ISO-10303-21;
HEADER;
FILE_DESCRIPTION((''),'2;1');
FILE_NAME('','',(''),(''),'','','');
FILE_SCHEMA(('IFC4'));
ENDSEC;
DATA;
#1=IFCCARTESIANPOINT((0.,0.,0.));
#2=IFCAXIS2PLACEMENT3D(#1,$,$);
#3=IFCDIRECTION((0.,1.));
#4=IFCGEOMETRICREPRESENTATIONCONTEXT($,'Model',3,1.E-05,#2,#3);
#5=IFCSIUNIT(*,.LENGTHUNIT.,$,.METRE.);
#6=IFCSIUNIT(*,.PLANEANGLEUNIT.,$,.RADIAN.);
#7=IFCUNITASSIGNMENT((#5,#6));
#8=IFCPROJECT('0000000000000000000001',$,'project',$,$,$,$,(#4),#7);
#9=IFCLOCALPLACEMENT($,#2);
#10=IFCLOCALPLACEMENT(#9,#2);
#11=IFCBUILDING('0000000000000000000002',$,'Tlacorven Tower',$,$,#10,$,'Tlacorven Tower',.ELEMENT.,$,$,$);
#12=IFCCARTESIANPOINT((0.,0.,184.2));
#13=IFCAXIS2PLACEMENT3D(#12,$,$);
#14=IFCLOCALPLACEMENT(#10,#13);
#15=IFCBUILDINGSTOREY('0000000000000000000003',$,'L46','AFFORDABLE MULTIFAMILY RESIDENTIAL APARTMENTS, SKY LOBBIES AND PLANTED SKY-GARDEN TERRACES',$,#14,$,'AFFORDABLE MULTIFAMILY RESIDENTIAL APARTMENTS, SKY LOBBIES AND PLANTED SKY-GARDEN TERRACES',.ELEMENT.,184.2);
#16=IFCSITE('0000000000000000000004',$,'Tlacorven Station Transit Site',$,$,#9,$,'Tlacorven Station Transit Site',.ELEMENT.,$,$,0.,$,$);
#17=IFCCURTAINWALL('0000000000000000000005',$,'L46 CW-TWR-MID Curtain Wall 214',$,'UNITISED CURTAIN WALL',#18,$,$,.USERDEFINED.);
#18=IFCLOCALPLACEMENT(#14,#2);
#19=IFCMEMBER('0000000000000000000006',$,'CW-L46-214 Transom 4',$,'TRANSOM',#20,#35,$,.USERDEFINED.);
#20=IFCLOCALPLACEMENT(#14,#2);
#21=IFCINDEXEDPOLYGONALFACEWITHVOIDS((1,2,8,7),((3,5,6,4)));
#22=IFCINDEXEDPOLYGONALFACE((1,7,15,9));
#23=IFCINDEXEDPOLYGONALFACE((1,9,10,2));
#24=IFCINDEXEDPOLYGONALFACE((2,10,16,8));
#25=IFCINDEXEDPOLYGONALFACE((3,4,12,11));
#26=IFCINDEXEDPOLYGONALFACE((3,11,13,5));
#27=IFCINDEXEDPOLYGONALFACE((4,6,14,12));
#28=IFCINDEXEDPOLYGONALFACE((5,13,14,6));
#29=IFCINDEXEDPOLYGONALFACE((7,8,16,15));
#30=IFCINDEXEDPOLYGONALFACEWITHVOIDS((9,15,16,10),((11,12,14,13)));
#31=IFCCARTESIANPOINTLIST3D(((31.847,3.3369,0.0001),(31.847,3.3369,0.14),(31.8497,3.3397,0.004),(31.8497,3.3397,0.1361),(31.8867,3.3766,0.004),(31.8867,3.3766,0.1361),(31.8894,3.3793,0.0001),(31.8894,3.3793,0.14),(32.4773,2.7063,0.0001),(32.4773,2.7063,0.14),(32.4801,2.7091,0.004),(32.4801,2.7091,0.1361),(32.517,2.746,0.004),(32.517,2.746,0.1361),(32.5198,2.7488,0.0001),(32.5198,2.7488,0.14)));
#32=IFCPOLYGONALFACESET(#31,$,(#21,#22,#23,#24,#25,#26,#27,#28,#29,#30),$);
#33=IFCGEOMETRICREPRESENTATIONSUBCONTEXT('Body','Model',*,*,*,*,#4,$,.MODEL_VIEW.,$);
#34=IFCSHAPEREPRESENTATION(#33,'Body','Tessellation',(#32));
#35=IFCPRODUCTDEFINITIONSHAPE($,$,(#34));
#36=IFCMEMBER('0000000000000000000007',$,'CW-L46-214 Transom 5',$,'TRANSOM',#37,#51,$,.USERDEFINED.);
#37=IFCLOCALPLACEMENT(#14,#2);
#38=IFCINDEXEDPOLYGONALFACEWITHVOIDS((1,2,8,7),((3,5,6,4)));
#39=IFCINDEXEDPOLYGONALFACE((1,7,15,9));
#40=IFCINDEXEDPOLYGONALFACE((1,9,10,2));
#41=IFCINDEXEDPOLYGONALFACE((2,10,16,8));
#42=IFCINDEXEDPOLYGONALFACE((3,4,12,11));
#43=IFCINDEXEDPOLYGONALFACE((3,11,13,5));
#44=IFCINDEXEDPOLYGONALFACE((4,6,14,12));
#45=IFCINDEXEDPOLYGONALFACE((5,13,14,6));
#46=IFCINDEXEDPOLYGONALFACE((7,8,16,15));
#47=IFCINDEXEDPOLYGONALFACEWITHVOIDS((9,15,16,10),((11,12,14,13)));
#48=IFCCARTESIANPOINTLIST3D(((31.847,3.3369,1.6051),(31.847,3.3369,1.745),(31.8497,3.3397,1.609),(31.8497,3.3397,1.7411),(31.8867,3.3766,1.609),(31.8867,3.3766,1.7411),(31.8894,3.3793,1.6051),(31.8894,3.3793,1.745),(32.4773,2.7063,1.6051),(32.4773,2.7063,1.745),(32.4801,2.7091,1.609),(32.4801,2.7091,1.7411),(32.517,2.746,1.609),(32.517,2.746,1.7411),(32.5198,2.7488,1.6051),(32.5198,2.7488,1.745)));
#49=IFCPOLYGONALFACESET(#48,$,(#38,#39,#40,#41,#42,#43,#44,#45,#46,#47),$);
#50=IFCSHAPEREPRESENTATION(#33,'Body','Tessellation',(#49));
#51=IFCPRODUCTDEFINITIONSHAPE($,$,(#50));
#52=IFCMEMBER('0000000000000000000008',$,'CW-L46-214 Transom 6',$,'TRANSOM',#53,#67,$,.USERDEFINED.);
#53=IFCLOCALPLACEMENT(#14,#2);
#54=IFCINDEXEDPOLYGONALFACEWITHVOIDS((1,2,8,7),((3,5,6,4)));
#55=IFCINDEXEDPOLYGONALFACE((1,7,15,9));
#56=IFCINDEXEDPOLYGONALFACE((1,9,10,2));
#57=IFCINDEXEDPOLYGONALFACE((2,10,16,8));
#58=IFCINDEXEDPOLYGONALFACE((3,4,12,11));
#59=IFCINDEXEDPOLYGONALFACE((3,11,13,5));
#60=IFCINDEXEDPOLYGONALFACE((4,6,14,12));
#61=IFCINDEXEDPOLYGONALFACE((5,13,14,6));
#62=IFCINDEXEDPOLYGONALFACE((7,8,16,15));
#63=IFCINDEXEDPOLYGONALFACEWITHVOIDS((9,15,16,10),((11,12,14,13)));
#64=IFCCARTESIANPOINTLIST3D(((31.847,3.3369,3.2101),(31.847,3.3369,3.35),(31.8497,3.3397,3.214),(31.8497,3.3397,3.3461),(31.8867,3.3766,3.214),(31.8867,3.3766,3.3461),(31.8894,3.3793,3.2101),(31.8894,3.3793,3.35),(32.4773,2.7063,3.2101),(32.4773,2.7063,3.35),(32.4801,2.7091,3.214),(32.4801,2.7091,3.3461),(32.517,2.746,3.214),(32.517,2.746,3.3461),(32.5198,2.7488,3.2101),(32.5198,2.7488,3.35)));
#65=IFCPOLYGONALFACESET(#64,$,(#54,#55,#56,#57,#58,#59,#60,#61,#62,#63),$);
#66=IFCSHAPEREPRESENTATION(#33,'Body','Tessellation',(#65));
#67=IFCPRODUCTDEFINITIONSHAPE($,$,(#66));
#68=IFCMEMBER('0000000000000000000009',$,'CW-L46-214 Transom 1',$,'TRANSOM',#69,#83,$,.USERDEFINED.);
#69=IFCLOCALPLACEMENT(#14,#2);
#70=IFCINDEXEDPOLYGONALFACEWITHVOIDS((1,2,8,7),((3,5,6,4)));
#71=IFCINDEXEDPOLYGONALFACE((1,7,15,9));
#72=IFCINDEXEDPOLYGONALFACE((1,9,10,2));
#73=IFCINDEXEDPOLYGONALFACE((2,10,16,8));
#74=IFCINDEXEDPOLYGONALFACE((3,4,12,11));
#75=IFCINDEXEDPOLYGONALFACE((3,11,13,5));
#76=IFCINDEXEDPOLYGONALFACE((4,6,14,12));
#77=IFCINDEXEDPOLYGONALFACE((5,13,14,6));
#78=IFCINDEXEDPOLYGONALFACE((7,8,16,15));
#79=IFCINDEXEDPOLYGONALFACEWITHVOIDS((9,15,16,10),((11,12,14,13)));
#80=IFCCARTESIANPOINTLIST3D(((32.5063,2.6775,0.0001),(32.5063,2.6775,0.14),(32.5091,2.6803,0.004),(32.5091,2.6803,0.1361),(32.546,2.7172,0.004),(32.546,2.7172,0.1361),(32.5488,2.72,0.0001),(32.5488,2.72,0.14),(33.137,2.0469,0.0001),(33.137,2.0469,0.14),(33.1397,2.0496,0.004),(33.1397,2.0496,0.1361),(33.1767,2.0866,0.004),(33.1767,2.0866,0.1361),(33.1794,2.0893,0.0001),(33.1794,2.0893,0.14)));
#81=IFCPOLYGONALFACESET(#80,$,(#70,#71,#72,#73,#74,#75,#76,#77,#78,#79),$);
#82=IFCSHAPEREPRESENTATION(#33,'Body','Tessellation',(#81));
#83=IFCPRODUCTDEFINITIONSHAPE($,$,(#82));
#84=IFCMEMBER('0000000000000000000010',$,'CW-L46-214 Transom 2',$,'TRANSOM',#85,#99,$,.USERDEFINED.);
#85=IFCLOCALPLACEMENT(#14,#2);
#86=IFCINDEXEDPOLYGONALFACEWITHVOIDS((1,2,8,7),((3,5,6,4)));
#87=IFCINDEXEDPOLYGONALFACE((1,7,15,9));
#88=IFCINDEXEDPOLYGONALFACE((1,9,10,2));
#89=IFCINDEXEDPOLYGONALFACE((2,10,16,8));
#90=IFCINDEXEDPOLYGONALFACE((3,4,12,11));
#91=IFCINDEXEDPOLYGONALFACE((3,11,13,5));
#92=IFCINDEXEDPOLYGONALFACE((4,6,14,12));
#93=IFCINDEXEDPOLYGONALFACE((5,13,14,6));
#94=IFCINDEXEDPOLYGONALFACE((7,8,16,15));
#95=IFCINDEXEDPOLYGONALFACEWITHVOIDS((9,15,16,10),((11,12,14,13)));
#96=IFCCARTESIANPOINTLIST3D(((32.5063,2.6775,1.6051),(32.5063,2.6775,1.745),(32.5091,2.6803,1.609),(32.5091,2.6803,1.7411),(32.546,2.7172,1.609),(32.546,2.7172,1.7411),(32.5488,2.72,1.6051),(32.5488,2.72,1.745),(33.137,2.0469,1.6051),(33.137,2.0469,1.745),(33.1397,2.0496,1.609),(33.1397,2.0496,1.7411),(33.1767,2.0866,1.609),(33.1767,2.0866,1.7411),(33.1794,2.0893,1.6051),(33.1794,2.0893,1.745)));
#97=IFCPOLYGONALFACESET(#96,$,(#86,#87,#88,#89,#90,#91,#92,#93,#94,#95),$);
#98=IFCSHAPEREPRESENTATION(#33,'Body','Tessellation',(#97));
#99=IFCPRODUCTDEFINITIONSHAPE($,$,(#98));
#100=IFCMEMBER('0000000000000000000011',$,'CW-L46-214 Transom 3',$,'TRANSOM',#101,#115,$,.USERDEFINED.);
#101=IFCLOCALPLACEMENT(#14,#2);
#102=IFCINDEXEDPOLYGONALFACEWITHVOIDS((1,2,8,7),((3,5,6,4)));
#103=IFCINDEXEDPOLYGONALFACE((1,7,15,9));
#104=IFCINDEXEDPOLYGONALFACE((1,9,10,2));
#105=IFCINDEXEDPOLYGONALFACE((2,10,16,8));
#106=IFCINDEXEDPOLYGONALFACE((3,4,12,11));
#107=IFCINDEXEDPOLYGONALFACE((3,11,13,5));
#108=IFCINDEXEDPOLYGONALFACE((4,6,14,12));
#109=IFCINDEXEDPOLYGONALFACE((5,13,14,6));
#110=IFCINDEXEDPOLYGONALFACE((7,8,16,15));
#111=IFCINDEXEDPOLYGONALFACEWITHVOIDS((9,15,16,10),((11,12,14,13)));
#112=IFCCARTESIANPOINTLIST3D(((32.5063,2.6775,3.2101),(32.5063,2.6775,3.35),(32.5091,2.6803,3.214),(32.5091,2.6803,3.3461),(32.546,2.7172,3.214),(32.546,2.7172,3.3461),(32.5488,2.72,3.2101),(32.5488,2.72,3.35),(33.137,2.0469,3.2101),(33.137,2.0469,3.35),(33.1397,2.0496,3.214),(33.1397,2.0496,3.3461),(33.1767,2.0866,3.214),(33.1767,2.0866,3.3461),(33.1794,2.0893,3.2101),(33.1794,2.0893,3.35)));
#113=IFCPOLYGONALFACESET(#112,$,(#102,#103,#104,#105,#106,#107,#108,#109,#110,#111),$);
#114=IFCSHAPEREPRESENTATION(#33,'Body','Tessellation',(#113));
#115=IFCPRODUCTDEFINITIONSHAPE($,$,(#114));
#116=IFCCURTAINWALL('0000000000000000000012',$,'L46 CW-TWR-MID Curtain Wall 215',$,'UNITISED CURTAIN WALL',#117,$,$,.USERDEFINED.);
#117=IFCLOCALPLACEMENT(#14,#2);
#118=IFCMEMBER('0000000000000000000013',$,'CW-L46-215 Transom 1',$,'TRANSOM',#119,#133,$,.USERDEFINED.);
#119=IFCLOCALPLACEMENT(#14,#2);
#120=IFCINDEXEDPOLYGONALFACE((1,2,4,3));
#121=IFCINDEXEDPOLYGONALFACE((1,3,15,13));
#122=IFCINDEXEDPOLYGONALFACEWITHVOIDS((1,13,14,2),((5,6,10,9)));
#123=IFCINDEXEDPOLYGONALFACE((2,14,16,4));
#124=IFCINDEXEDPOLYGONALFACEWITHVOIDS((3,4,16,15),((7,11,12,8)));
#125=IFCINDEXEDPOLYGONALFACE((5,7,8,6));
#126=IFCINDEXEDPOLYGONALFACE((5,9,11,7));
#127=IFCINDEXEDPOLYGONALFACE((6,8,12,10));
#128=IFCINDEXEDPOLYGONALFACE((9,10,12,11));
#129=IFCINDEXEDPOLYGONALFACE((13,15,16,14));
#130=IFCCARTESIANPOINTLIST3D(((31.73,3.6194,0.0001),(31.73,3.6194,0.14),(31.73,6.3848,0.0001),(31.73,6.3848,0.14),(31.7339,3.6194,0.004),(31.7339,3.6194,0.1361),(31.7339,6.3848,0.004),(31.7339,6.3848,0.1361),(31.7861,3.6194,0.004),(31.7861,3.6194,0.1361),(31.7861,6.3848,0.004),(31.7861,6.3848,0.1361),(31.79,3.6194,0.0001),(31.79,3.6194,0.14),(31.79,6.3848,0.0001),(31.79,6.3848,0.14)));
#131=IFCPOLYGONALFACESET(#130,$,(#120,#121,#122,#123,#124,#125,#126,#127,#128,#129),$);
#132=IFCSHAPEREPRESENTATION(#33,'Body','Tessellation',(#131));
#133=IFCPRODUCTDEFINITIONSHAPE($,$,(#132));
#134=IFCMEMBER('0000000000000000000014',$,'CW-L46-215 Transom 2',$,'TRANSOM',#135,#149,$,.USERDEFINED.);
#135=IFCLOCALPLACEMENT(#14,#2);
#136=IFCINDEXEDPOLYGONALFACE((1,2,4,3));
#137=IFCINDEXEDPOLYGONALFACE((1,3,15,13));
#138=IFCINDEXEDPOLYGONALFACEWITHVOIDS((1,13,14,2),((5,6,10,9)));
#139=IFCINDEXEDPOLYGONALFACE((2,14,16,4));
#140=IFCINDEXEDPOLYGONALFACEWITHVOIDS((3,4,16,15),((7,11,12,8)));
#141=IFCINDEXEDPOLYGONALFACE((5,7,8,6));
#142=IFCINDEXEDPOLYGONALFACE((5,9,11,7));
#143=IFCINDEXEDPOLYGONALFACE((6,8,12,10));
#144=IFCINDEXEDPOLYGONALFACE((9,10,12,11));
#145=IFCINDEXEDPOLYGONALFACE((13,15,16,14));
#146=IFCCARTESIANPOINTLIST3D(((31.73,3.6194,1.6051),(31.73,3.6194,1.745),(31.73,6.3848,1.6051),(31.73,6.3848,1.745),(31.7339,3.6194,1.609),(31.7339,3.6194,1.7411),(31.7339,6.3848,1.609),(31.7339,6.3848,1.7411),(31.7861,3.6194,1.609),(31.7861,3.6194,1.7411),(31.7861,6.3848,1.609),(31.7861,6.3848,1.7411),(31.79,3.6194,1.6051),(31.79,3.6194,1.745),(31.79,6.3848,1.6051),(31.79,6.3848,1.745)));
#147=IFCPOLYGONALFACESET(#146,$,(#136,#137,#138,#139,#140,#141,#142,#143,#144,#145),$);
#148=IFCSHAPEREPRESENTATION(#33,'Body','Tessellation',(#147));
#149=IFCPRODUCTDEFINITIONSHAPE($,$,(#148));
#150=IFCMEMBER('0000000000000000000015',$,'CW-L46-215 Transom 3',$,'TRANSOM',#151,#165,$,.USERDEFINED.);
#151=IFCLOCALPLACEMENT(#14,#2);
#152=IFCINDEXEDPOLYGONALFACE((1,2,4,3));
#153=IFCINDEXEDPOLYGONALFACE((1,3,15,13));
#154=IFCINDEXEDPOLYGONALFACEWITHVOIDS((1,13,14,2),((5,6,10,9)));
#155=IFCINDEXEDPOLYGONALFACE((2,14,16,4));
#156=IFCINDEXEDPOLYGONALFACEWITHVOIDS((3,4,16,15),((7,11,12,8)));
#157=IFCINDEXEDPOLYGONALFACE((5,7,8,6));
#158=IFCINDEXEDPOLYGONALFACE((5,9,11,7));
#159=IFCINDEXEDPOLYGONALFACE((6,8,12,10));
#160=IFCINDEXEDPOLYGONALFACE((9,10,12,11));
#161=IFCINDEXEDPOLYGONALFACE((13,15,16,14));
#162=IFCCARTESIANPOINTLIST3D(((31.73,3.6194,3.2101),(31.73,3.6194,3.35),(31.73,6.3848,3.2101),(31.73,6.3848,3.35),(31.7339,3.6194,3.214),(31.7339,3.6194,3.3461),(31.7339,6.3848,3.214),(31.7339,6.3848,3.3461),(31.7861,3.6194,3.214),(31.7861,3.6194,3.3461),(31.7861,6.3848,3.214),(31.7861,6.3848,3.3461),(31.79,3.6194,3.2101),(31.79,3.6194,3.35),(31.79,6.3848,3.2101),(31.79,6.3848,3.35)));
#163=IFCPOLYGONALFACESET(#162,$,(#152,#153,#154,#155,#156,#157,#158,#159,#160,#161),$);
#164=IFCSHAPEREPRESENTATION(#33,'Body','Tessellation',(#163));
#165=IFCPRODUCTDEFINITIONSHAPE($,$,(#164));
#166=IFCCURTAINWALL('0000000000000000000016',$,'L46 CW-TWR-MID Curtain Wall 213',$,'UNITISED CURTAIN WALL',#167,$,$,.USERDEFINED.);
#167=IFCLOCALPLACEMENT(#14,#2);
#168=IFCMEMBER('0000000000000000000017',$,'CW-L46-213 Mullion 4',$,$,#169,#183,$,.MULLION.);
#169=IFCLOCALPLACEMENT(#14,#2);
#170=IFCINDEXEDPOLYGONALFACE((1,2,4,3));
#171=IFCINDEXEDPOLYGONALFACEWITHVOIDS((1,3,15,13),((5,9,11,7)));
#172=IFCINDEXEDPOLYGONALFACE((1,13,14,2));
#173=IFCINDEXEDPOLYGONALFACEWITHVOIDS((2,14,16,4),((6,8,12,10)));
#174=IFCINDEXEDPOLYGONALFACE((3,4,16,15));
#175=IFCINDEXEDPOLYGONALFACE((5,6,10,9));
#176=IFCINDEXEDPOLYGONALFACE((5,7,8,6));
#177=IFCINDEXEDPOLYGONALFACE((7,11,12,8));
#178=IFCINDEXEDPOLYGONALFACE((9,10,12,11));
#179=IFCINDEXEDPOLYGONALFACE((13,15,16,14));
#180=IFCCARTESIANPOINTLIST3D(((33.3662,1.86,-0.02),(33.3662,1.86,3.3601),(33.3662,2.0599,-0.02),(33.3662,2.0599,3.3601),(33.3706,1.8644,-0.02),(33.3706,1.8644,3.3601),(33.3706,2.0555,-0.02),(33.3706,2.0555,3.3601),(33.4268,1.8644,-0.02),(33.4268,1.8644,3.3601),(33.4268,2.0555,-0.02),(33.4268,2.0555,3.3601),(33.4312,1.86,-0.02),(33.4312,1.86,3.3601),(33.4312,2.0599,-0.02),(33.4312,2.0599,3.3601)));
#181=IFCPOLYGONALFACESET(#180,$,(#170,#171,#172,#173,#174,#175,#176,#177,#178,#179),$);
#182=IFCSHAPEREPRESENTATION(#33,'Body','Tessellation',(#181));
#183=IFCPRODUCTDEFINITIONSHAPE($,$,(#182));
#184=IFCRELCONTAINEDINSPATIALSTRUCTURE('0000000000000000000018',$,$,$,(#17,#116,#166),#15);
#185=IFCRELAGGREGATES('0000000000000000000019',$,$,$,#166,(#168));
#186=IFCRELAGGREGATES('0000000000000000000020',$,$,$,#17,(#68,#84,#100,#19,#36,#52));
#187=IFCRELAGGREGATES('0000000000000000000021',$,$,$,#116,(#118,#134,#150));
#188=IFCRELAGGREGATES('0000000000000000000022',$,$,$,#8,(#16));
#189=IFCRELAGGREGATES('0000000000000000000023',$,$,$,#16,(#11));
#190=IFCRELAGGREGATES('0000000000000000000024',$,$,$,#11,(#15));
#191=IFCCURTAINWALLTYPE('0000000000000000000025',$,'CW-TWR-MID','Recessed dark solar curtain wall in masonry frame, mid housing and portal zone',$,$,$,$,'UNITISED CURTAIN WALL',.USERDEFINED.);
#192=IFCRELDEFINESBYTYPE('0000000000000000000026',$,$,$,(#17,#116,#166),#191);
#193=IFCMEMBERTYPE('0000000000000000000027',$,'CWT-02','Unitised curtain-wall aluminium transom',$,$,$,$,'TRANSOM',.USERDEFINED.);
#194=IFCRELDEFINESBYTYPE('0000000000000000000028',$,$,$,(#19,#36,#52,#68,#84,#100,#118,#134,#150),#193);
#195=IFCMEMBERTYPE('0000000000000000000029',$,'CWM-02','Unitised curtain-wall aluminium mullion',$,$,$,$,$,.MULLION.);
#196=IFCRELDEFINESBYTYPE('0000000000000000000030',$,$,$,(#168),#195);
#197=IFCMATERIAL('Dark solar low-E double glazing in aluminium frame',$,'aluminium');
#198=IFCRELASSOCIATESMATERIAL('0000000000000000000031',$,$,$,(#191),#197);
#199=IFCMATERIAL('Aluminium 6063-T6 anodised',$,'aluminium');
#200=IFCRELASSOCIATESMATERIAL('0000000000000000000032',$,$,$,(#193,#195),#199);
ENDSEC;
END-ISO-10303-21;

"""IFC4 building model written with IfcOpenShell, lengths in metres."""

from ifc_helpers import new_model, si_unit, direction, frame, origin, origin_2d, place, context, subcontext, project, spatial, hollow_rectangle, extrude, source, transform, mapped, material, material_profile, profile_set, type_object, element, aggregate, save


model = new_model("IFC4")

# Units and contexts
model_context = context("Model", 3, precision=1e-05, world=origin(), true_north=direction((0.0, 1.0)))
body_context = subcontext(model_context, "Body", "Model", "MODEL_VIEW")
ifc_project = project(units=[si_unit("LENGTHUNIT", "METRE"), si_unit("PLANEANGLEUNIT", "RADIAN")], contexts=[model_context])

# Site, building, storey
site_placement = place(None, origin())
site = spatial("IfcSite", under=ifc_project, at=site_placement, Name="Tlacorven Station Transit Site", LongName="Tlacorven Station Transit Site", CompositionType="ELEMENT", RefElevation=0.0)
building_placement = place(site_placement, origin())
building = spatial("IfcBuilding", under=site, at=building_placement, Name="Tlacorven Tower", LongName="Tlacorven Tower", CompositionType="ELEMENT")
storey_placement = place(building_placement, frame((0.0, 0.0, 184.2)))
storey = spatial("IfcBuildingStorey", under=building, at=storey_placement, Name="L46", Description="AFFORDABLE MULTIFAMILY RESIDENTIAL APARTMENTS, SKY LOBBIES AND PLANTED SKY-GARDEN TERRACES", LongName="AFFORDABLE MULTIFAMILY RESIDENTIAL APARTMENTS, SKY LOBBIES AND PLANTED SKY-GARDEN TERRACES", CompositionType="ELEMENT", Elevation=184.2)

# Curtain walls, members
ifc_material_1 = material(Name="Dark solar low-E double glazing in aluminium frame", Category="aluminium")
curtain_wall_type = type_object("IfcCurtainWallType", Name="CW-TWR-MID", Description="Recessed dark solar curtain wall in masonry frame, mid housing and portal zone", ElementType="UNITISED CURTAIN WALL", PredefinedType="USERDEFINED", material=ifc_material_1)
curtain_wall_1_placement = place(storey_placement, origin())
curtain_wall_1 = element("IfcCurtainWall", 1, at=curtain_wall_1_placement, inside=storey, type_object=curtain_wall_type, Name="L46 CW-TWR-MID Curtain Wall 214", ObjectType="UNITISED CURTAIN WALL", PredefinedType="USERDEFINED")
ifc_material_2 = material(Name="Aluminium 6063-T6 anodised", Category="aluminium")
ifc_material_profile_1 = material_profile(ifc_material_2, hollow_rectangle(XDim=0.0601, YDim=0.1399, WallThickness=0.0039, at=origin_2d()), Name="ALU TRANSOM 60X140")
ifc_profile_set_1 = profile_set([ifc_material_profile_1], Name="Aluminium 6063-T6 anodised")
member_type_1 = type_object("IfcMemberType", Name="CWT-02", Description="Unitised curtain-wall aluminium transom", ElementType="TRANSOM", PredefinedType="USERDEFINED", material=ifc_profile_set_1)
shared_shape_1 = source(origin(), body_context, "Body", "SweptSolid", [
    extrude(hollow_rectangle(XDim=0.0601, YDim=0.1399, WallThickness=0.0039, at=origin_2d()), origin(), (0.0, 0.0, 1.0), 0.8916),
])
member_1_placement = place(storey_placement, frame((32.4985, 2.7275, 0.0701), z_axis=(-0.70697, 0.707244, 0.0), x_axis=(-0.707244, -0.70697, 0.0)))
member_1 = element("IfcMember", 2, at=member_1_placement, type_object=member_type_1, Name="CW-L46-214 Transom 4", ObjectType="TRANSOM", PredefinedType="USERDEFINED", context=body_context, shape_type="MappedRepresentation", body=[
    mapped(shared_shape_1, transform((0.0, 0.0, 0.0), scale=1.0)),
])
member_2_placement = place(storey_placement, frame((32.4985, 2.7275, 1.675), z_axis=(-0.70697, 0.707244, 0.0), x_axis=(-0.707244, -0.70697, 0.0)))
member_2 = element("IfcMember", 3, at=member_2_placement, type_object=member_type_1, Name="CW-L46-214 Transom 5", ObjectType="TRANSOM", PredefinedType="USERDEFINED", context=body_context, shape_type="MappedRepresentation", body=[
    mapped(shared_shape_1, transform((0.0, 0.0, 0.0), scale=1.0)),
])
member_3_placement = place(storey_placement, frame((32.4985, 2.7275, 3.28), z_axis=(-0.70697, 0.707244, 0.0), x_axis=(-0.707244, -0.70697, 0.0)))
member_3 = element("IfcMember", 4, at=member_3_placement, type_object=member_type_1, Name="CW-L46-214 Transom 6", ObjectType="TRANSOM", PredefinedType="USERDEFINED", context=body_context, shape_type="MappedRepresentation", body=[
    mapped(shared_shape_1, transform((0.0, 0.0, 0.0), scale=1.0)),
])
shared_shape_2 = source(origin(), body_context, "Body", "SweptSolid", [
    extrude(hollow_rectangle(XDim=0.0601, YDim=0.1399, WallThickness=0.0039, at=origin_2d()), origin(), (0.0, 0.0, 1.0), 0.8918),
])
member_4_placement = place(storey_placement, frame((33.1582, 2.0681, 0.0701), z_axis=(-0.707107, 0.707107, 0.0), x_axis=(-0.707107, -0.707107, 0.0)))
member_4 = element("IfcMember", 5, at=member_4_placement, type_object=member_type_1, Name="CW-L46-214 Transom 1", ObjectType="TRANSOM", PredefinedType="USERDEFINED", context=body_context, shape_type="MappedRepresentation", body=[
    mapped(shared_shape_2, transform((0.0, 0.0, 0.0), scale=1.0)),
])
member_5_placement = place(storey_placement, frame((33.1582, 2.0681, 1.675), z_axis=(-0.707107, 0.707107, 0.0), x_axis=(-0.707107, -0.707107, 0.0)))
member_5 = element("IfcMember", 6, at=member_5_placement, type_object=member_type_1, Name="CW-L46-214 Transom 2", ObjectType="TRANSOM", PredefinedType="USERDEFINED", context=body_context, shape_type="MappedRepresentation", body=[
    mapped(shared_shape_2, transform((0.0, 0.0, 0.0), scale=1.0)),
])
member_6_placement = place(storey_placement, frame((33.1582, 2.0681, 3.28), z_axis=(-0.707107, 0.707107, 0.0), x_axis=(-0.707107, -0.707107, 0.0)))
member_6 = element("IfcMember", 7, at=member_6_placement, type_object=member_type_1, Name="CW-L46-214 Transom 3", ObjectType="TRANSOM", PredefinedType="USERDEFINED", context=body_context, shape_type="MappedRepresentation", body=[
    mapped(shared_shape_2, transform((0.0, 0.0, 0.0), scale=1.0)),
])
curtain_wall_2_placement = place(storey_placement, origin())
curtain_wall_2 = element("IfcCurtainWall", 8, at=curtain_wall_2_placement, inside=storey, type_object=curtain_wall_type, Name="L46 CW-TWR-MID Curtain Wall 215", ObjectType="UNITISED CURTAIN WALL", PredefinedType="USERDEFINED")
shared_shape_3 = source(origin(), body_context, "Body", "SweptSolid", [
    extrude(hollow_rectangle(XDim=0.0601, YDim=0.1399, WallThickness=0.0039, at=origin_2d()), origin(), (0.0, 0.0, 1.0), 2.7654),
])
member_7_placement = place(storey_placement, frame((31.76, 3.6194, 0.0701), z_axis=(0.0, 1.0, 0.0), x_axis=(-1.0, 0.0, 0.0)))
member_7 = element("IfcMember", 9, at=member_7_placement, type_object=member_type_1, Name="CW-L46-215 Transom 1", ObjectType="TRANSOM", PredefinedType="USERDEFINED", context=body_context, shape_type="MappedRepresentation", body=[
    mapped(shared_shape_3, transform((0.0, 0.0, 0.0), scale=1.0)),
])
member_8_placement = place(storey_placement, frame((31.76, 3.6194, 1.675), z_axis=(0.0, 1.0, 0.0), x_axis=(-1.0, 0.0, 0.0)))
member_8 = element("IfcMember", 10, at=member_8_placement, type_object=member_type_1, Name="CW-L46-215 Transom 2", ObjectType="TRANSOM", PredefinedType="USERDEFINED", context=body_context, shape_type="MappedRepresentation", body=[
    mapped(shared_shape_3, transform((0.0, 0.0, 0.0), scale=1.0)),
])
member_9_placement = place(storey_placement, frame((31.76, 3.6194, 3.28), z_axis=(0.0, 1.0, 0.0), x_axis=(-1.0, 0.0, 0.0)))
member_9 = element("IfcMember", 11, at=member_9_placement, type_object=member_type_1, Name="CW-L46-215 Transom 3", ObjectType="TRANSOM", PredefinedType="USERDEFINED", context=body_context, shape_type="MappedRepresentation", body=[
    mapped(shared_shape_3, transform((0.0, 0.0, 0.0), scale=1.0)),
])

# Curtain wall, member
curtain_wall_3_placement = place(storey_placement, origin())
curtain_wall_3 = element("IfcCurtainWall", 12, at=curtain_wall_3_placement, inside=storey, type_object=curtain_wall_type, Name="L46 CW-TWR-MID Curtain Wall 213", ObjectType="UNITISED CURTAIN WALL", PredefinedType="USERDEFINED")
ifc_material_profile_2 = material_profile(ifc_material_2, hollow_rectangle(XDim=0.0649, YDim=0.2, WallThickness=0.0044, at=origin_2d()), Name="ALU MULLION 65X200")
ifc_profile_set_2 = profile_set([ifc_material_profile_2], Name="Aluminium 6063-T6 anodised")
member_type_2 = type_object("IfcMemberType", Name="CWM-02", Description="Unitised curtain-wall aluminium mullion", PredefinedType="MULLION", material=ifc_profile_set_2)
shared_shape_4 = source(origin(), body_context, "Body", "SweptSolid", [
    extrude(hollow_rectangle(XDim=0.0649, YDim=0.2, WallThickness=0.0044, at=origin_2d()), origin(), (0.0, 0.0, 1.0), 3.3801),
])
member_10_placement = place(storey_placement, frame((33.3987, 1.96, -0.02), z_axis=(0.0, 0.0, 1.0), x_axis=(-1.0, 0.0, 0.0)))
member_10 = element("IfcMember", 13, at=member_10_placement, type_object=member_type_2, Name="CW-L46-213 Mullion 4", PredefinedType="MULLION", context=body_context, shape_type="MappedRepresentation", body=[
    mapped(shared_shape_4, transform((0.0, 0.0, 0.0), scale=1.0)),
])
aggregate(curtain_wall_3, [member_10])

aggregate(curtain_wall_1, [member_4, member_5, member_6, member_1, member_2, member_3])
aggregate(curtain_wall_2, [member_7, member_8, member_9])

save(model, "model.ifc")
